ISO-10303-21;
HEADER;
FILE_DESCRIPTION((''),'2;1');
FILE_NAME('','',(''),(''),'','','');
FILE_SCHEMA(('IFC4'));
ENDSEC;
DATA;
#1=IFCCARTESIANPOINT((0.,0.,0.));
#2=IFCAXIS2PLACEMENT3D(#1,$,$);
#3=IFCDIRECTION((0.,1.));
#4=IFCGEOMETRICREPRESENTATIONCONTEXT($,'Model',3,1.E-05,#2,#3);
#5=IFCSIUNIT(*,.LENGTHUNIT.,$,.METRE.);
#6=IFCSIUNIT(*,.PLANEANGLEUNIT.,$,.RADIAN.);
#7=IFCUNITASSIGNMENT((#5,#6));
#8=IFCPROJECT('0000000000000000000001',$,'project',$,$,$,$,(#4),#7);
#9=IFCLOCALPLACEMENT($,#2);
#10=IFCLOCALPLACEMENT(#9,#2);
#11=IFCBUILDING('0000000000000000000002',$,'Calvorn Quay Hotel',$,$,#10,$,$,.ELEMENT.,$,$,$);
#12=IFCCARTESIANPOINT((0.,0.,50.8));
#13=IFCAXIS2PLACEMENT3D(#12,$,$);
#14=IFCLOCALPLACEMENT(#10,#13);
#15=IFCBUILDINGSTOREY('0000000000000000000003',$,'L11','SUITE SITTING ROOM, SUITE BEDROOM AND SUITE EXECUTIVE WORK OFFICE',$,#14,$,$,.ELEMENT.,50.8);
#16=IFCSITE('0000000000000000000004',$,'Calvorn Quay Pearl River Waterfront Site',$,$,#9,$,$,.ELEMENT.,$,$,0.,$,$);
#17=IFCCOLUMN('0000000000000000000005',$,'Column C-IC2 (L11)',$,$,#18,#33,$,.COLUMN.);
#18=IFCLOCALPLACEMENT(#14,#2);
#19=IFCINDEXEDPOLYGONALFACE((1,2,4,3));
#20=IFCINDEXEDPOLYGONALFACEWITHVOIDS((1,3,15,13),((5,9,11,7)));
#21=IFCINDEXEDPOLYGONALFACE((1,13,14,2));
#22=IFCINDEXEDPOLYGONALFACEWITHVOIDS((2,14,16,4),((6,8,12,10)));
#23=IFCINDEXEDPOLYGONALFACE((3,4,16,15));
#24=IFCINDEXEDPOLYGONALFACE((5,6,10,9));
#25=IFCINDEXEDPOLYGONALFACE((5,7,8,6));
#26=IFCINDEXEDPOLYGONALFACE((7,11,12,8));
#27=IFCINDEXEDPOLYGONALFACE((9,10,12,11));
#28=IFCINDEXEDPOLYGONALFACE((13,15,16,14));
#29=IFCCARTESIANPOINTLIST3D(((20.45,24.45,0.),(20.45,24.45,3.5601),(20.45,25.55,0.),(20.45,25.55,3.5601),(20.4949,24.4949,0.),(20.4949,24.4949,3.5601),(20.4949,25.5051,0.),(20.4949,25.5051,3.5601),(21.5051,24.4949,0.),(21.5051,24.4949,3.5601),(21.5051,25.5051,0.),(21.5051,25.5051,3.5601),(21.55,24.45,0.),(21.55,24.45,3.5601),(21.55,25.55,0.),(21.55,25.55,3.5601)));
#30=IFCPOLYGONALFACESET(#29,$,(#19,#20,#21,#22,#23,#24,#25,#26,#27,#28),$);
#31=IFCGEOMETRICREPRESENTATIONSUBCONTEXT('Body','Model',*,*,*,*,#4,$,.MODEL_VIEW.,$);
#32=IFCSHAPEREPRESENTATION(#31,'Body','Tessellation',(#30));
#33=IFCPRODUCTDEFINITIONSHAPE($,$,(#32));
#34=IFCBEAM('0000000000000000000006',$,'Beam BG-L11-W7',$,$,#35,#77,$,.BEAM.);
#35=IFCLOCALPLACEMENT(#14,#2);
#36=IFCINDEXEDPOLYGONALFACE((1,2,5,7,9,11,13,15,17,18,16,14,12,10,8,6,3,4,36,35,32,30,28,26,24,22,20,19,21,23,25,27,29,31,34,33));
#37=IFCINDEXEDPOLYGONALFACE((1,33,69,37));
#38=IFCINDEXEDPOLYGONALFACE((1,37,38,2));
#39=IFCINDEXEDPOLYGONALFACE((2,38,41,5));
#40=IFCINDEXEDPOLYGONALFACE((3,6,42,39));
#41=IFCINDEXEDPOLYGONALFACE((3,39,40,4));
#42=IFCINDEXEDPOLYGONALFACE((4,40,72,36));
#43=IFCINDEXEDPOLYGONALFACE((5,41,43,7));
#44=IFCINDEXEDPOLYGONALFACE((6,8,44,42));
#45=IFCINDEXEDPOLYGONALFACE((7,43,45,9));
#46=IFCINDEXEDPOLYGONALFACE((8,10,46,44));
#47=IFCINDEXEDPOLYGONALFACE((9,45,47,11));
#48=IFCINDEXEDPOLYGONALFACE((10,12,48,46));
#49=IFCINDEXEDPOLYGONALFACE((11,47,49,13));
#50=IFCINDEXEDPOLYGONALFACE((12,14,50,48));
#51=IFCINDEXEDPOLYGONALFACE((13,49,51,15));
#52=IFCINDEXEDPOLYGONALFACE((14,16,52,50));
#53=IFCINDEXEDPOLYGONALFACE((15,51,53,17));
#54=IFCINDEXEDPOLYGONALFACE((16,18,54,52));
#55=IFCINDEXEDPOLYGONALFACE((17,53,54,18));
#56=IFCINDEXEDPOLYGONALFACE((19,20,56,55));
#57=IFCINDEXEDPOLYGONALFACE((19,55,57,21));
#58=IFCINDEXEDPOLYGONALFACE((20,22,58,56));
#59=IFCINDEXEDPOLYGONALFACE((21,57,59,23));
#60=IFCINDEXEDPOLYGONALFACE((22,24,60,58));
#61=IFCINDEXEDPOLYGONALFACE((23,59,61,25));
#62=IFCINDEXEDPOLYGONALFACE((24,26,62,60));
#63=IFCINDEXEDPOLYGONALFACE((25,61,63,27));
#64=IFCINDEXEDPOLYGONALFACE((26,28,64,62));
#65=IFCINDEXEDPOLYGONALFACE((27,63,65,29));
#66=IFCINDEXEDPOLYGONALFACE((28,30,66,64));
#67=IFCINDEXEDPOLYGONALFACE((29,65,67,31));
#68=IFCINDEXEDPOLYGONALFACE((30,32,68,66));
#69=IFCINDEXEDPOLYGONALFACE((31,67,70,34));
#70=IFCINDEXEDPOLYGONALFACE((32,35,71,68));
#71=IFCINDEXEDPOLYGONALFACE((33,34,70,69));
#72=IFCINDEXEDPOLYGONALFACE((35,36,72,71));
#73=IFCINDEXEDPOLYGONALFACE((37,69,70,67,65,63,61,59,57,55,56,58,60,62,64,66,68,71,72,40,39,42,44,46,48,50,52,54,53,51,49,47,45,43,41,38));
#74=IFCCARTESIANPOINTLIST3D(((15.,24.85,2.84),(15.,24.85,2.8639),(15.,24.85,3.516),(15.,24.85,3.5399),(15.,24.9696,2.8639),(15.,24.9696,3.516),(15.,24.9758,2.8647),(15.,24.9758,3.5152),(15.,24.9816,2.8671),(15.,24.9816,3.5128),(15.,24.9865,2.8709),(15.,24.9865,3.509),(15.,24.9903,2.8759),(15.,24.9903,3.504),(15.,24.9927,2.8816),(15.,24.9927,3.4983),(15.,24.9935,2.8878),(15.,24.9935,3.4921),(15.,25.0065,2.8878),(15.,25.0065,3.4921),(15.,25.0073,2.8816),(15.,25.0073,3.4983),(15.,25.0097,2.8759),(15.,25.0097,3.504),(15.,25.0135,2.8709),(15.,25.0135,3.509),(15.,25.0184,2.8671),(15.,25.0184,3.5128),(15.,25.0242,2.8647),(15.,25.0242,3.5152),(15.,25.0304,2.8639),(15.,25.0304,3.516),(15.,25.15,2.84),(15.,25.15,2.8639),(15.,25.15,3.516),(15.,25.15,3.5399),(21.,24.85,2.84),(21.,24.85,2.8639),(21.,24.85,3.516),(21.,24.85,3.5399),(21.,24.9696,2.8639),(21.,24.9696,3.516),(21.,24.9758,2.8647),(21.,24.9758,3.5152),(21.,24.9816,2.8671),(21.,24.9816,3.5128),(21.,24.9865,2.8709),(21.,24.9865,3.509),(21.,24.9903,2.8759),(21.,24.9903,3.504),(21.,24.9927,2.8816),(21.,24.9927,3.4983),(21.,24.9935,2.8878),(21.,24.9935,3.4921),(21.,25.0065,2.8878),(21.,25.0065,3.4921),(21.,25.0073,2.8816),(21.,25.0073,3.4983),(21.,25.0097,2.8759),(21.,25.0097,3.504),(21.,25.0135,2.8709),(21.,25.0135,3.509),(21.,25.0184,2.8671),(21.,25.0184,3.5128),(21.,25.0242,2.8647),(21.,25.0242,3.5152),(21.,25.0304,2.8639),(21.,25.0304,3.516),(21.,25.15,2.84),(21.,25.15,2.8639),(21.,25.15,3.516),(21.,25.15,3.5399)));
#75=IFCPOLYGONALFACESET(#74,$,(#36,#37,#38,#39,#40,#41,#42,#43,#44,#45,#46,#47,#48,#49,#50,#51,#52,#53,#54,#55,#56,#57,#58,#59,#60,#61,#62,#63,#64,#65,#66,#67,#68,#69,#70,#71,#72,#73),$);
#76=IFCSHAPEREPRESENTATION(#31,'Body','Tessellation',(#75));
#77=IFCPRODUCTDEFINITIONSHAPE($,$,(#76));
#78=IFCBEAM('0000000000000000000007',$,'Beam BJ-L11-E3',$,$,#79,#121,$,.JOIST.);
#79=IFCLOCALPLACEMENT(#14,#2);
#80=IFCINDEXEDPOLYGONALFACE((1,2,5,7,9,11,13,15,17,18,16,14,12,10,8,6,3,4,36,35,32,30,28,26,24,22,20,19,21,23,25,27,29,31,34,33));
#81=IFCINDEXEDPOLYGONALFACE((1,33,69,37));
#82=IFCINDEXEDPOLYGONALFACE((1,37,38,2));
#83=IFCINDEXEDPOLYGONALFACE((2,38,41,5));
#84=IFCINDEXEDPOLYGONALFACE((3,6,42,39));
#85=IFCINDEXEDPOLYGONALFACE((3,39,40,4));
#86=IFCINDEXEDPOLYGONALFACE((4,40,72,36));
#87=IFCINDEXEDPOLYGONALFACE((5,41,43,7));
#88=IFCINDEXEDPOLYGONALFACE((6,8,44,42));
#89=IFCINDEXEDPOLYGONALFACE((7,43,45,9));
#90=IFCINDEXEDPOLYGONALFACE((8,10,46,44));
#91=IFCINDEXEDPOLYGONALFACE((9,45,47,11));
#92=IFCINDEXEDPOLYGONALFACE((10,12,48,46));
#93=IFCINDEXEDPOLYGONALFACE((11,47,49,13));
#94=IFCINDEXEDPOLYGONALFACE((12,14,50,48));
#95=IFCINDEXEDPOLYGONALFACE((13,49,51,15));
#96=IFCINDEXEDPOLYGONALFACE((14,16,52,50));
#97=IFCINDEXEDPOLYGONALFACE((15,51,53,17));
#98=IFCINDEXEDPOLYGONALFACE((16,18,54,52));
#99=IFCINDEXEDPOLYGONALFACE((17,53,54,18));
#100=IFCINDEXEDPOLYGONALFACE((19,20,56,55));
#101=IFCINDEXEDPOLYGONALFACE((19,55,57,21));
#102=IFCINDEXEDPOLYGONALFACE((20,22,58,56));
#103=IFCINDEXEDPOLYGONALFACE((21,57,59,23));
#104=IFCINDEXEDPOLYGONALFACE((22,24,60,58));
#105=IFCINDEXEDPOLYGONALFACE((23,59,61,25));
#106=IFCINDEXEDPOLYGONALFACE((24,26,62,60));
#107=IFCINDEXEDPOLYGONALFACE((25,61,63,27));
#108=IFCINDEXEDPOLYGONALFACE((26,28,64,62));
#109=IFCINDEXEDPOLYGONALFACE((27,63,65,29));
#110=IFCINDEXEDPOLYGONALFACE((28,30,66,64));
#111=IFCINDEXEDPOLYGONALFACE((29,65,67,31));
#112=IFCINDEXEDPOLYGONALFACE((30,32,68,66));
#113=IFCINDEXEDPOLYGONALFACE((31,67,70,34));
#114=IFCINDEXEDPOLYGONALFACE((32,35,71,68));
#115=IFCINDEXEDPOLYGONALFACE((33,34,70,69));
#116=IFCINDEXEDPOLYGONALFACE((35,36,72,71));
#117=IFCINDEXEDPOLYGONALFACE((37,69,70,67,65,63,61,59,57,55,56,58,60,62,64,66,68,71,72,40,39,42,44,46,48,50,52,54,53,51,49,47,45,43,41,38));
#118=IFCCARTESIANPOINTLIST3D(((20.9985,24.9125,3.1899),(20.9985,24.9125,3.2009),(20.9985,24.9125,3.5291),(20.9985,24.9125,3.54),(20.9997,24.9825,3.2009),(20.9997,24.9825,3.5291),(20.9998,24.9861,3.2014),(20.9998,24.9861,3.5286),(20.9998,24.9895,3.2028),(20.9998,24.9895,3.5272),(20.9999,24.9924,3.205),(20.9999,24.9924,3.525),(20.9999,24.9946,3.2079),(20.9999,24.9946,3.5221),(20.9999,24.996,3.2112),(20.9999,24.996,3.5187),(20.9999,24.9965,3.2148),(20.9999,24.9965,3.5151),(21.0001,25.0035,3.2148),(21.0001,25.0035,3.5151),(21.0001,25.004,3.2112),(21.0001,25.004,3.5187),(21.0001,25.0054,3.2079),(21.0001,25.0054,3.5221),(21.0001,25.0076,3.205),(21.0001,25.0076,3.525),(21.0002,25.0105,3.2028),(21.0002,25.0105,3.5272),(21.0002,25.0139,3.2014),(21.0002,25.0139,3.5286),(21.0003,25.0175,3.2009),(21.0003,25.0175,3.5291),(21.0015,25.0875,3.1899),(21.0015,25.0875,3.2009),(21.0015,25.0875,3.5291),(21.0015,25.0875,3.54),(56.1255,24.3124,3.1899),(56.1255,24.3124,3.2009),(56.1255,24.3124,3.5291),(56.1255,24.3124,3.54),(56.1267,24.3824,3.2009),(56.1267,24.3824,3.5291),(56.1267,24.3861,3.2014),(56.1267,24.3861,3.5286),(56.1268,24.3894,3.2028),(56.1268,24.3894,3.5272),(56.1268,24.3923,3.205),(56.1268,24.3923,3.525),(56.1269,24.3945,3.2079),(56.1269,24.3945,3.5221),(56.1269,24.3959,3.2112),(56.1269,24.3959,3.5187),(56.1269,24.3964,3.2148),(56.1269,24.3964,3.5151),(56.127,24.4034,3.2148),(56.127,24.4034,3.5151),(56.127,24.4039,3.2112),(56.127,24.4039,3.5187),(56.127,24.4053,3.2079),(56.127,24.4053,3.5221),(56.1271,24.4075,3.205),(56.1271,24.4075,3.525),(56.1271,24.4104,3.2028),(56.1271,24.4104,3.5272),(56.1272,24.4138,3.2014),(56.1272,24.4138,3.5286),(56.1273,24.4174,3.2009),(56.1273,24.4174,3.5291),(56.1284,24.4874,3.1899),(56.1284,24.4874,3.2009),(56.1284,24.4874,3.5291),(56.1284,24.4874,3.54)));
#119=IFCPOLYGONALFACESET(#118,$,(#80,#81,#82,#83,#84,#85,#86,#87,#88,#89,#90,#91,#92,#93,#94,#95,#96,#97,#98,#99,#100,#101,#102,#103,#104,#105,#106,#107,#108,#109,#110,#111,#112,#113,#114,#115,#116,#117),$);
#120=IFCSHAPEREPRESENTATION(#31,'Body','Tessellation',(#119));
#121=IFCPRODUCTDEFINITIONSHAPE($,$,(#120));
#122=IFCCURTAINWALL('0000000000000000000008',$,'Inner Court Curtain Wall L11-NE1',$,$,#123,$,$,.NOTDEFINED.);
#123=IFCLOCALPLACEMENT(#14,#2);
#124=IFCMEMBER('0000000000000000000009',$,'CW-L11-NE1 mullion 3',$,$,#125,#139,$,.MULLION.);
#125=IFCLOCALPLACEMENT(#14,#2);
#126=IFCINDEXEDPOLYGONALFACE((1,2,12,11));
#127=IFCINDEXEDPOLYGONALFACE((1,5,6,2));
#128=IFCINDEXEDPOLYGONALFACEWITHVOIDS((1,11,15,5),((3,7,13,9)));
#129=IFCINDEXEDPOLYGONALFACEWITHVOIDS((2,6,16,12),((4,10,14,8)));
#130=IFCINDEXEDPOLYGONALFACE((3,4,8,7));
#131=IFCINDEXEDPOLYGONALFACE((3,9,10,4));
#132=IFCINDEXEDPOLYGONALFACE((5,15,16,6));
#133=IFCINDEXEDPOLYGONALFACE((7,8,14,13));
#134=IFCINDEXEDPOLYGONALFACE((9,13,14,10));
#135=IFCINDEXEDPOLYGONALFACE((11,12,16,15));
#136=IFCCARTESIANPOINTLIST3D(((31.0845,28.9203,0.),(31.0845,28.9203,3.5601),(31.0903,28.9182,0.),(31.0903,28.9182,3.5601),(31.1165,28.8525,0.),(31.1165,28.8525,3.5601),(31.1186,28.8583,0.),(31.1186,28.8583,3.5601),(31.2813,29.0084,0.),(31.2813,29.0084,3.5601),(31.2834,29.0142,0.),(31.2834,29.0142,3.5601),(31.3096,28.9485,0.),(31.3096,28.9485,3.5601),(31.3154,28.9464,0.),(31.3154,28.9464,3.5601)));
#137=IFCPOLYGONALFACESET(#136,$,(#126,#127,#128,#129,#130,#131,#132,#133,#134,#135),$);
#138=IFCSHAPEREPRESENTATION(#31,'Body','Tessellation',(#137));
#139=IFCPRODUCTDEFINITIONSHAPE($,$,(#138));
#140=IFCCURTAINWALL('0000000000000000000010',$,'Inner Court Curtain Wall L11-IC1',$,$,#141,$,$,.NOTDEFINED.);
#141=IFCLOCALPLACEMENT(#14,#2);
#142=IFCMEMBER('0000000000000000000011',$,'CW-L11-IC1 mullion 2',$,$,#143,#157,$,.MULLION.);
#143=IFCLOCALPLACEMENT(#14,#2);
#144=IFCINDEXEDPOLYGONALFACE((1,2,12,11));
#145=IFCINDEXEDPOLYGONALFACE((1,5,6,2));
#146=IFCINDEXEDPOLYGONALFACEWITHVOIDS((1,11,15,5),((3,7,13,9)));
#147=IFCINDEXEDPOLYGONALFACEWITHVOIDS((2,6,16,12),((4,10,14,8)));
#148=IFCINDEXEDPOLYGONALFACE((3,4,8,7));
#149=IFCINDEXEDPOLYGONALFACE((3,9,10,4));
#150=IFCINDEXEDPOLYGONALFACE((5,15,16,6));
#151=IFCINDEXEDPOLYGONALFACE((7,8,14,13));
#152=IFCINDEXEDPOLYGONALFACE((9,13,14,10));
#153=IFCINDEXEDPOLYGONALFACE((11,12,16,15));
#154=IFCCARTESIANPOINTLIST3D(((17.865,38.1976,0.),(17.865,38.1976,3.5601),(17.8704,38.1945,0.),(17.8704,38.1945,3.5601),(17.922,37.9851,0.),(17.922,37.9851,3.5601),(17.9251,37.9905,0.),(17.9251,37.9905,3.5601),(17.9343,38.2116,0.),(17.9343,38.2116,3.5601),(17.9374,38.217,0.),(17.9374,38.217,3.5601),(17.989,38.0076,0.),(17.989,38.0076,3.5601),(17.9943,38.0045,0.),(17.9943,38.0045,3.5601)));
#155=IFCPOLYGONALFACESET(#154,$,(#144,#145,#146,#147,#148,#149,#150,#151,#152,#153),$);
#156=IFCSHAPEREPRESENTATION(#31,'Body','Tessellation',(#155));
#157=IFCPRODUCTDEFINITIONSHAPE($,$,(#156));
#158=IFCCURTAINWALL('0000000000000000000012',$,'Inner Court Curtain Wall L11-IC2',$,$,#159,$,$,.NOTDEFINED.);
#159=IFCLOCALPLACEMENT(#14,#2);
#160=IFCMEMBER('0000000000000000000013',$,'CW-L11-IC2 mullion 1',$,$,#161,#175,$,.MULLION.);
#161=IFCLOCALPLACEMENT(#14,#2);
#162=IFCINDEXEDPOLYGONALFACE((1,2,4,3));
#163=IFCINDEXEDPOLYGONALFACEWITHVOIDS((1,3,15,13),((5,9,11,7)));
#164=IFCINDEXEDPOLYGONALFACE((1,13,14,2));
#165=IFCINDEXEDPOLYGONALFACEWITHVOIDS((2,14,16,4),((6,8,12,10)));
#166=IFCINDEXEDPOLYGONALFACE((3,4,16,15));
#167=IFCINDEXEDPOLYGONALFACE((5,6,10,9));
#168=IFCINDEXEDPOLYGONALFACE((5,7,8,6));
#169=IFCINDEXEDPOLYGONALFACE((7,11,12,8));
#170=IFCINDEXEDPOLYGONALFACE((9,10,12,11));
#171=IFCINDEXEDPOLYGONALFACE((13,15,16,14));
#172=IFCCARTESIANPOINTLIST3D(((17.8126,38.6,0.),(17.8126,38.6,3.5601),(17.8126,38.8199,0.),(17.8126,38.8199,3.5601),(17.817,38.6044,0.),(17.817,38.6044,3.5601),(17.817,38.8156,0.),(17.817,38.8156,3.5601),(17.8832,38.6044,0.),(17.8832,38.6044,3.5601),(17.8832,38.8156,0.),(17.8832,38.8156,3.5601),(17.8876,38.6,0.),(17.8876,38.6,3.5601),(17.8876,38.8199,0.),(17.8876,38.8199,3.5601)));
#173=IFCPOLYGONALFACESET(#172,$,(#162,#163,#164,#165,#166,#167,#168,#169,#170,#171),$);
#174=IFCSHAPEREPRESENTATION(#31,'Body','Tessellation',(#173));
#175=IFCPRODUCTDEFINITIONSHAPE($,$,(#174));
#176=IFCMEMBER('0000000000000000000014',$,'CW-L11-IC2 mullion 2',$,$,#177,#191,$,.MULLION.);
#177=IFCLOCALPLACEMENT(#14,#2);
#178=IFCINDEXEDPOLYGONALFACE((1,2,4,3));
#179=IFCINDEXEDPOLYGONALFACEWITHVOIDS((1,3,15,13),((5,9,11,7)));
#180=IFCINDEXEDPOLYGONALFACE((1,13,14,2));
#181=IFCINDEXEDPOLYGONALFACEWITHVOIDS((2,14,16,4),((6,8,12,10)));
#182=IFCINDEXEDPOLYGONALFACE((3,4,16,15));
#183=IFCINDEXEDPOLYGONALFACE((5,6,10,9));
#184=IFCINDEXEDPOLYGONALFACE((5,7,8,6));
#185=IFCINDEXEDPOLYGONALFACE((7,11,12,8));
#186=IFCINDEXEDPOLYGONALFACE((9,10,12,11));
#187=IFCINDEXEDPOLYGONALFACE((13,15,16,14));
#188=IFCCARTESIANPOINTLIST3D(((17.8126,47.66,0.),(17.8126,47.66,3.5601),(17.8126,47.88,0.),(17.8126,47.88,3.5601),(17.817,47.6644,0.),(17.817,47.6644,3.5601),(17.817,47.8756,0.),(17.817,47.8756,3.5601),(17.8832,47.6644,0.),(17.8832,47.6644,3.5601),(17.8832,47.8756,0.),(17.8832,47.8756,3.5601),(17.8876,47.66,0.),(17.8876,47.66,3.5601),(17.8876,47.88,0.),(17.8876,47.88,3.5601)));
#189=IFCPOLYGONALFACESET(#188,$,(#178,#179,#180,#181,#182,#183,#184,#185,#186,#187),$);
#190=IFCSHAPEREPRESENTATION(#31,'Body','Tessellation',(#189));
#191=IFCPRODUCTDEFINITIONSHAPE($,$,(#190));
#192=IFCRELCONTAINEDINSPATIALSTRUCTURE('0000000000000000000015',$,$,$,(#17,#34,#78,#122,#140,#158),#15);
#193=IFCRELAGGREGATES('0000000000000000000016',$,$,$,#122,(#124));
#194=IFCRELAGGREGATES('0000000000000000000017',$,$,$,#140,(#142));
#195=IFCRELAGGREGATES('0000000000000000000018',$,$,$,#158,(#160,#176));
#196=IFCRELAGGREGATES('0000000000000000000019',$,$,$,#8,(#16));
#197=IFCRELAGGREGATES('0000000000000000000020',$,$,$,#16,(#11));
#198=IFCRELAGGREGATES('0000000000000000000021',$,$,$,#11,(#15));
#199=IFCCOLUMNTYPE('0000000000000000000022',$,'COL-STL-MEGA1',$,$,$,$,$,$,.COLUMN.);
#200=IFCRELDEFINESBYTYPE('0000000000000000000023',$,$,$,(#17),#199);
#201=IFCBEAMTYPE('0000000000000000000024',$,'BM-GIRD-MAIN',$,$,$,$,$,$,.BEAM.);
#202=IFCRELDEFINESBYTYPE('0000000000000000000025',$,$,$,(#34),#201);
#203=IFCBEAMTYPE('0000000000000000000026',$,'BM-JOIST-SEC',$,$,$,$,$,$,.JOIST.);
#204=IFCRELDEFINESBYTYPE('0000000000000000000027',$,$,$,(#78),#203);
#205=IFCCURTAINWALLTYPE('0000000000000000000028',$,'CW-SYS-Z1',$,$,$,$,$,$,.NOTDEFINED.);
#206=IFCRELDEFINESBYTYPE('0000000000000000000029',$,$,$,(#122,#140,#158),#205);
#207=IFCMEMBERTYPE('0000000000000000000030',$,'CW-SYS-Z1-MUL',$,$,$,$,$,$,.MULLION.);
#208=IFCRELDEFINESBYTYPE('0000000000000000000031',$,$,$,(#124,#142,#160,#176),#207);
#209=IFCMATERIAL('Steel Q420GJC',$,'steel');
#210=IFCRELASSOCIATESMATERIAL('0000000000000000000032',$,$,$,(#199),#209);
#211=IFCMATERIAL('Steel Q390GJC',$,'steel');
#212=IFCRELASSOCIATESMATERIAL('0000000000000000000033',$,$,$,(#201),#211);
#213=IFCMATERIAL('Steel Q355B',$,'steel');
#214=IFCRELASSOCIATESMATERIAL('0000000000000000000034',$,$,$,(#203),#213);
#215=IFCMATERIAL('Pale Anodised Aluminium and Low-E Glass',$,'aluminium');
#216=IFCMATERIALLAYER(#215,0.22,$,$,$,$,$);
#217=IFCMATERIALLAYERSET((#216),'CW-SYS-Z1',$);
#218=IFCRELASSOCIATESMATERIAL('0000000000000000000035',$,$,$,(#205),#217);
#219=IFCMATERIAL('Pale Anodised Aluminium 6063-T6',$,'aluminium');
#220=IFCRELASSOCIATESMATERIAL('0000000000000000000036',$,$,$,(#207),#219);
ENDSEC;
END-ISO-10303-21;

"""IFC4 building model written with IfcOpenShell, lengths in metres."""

from ifc_helpers import new_model, si_unit, direction, frame, origin, origin_2d, place, context, subcontext, project, spatial, hollow_rectangle, i_section, extrude, material, layer, layer_set, material_profile, profile_set, type_object, element, aggregate, save


model = new_model("IFC4")

# Units and contexts
model_context = context("Model", 3, precision=1e-05, world=origin(), true_north=direction((0.0, 1.0)))
body_context = subcontext(model_context, "Body", "Model", "MODEL_VIEW")
ifc_project = project(units=[si_unit("LENGTHUNIT", "METRE"), si_unit("PLANEANGLEUNIT", "RADIAN")], contexts=[model_context])

# Site, building, storey
site_placement = place(None, origin())
site = spatial("IfcSite", under=ifc_project, at=site_placement, Name="Calvorn Quay Pearl River Waterfront Site", CompositionType="ELEMENT", RefElevation=0.0)
building_placement = place(site_placement, origin())
building = spatial("IfcBuilding", under=site, at=building_placement, Name="Calvorn Quay Hotel", CompositionType="ELEMENT")
storey_placement = place(building_placement, frame((0.0, 0.0, 50.8)))
storey = spatial("IfcBuildingStorey", under=building, at=storey_placement, Name="L11", Description="SUITE SITTING ROOM, SUITE BEDROOM AND SUITE EXECUTIVE WORK OFFICE", CompositionType="ELEMENT", Elevation=50.8)

# Column
ifc_material_1 = material(Name="Steel Q420GJC", Category="steel")
ifc_material_profile_1 = material_profile(ifc_material_1, hollow_rectangle(XDim=1.1001, YDim=1.1001, WallThickness=0.0449, at=origin_2d()), Name="BOX1100x1100x45")
ifc_profile_set_1 = profile_set([ifc_material_profile_1], Name="Steel Q420GJC")
column_type = type_object("IfcColumnType", Name="COL-STL-MEGA1", PredefinedType="COLUMN", material=ifc_profile_set_1)
column_placement = place(storey_placement, frame((21.0, 25.0, 0.0), z_axis=(0.0, 0.0, 1.0), x_axis=(1.0, 0.0, 0.0)))
element("IfcColumn", 1, at=column_placement, inside=storey, type_object=column_type, Name="Column C-IC2 (L11)", PredefinedType="COLUMN", context=body_context, shape_type="SweptSolid", body=[
    extrude(hollow_rectangle(XDim=1.1001, YDim=1.1001, WallThickness=0.0449, at=origin_2d()), origin(), (0.0, 0.0, 1.0), 3.5601),
])

# Beams
ifc_material_2 = material(Name="Steel Q390GJC", Category="steel")
ifc_material_profile_2 = material_profile(ifc_material_2, i_section(OverallWidth=0.3, OverallDepth=0.7, WebThickness=0.0129, FlangeThickness=0.0239, FilletRadius=0.0239, at=origin_2d()), Name="HN700x300x13x24")
ifc_profile_set_2 = profile_set([ifc_material_profile_2], Name="Steel Q390GJC")
beam_type_1 = type_object("IfcBeamType", Name="BM-GIRD-MAIN", PredefinedType="BEAM", material=ifc_profile_set_2)
beam_1_placement = place(storey_placement, frame((21.0, 25.0, 3.1899), z_axis=(-1.0, 0.0, 0.0), x_axis=(0.0, -1.0, 0.0)))
element("IfcBeam", 2, at=beam_1_placement, inside=storey, type_object=beam_type_1, Name="Beam BG-L11-W7", PredefinedType="BEAM", context=body_context, shape_type="SweptSolid", body=[
    extrude(i_section(OverallWidth=0.3, OverallDepth=0.7, WebThickness=0.0129, FlangeThickness=0.0239, FilletRadius=0.0239, at=origin_2d()), origin(), (0.0, 0.0, 1.0), 6.0),
])
ifc_material_3 = material(Name="Steel Q355B", Category="steel")
ifc_material_profile_3 = material_profile(ifc_material_3, i_section(OverallWidth=0.175, OverallDepth=0.3501, WebThickness=0.0071, FlangeThickness=0.011, FilletRadius=0.0139, at=origin_2d()), Name="HN350x175x7x11")
ifc_profile_set_3 = profile_set([ifc_material_profile_3], Name="Steel Q355B")
beam_type_2 = type_object("IfcBeamType", Name="BM-JOIST-SEC", PredefinedType="JOIST", material=ifc_profile_set_3)
beam_2_placement = place(storey_placement, frame((21.0, 25.0, 3.365), z_axis=(0.999854, -0.017081, 0.0), x_axis=(0.017081, 0.999854, 0.0)))
element("IfcBeam", 3, at=beam_2_placement, inside=storey, type_object=beam_type_2, Name="Beam BJ-L11-E3", PredefinedType="JOIST", context=body_context, shape_type="SweptSolid", body=[
    extrude(i_section(OverallWidth=0.175, OverallDepth=0.3501, WebThickness=0.0071, FlangeThickness=0.011, FilletRadius=0.0139, at=origin_2d()), origin(), (0.0, 0.0, 1.0), 35.1321),
])

# Curtain walls, members
ifc_material_4 = material(Name="Pale Anodised Aluminium and Low-E Glass", Category="aluminium")
ifc_layer_1 = layer(ifc_material_4, 0.22)
ifc_layer_set_1 = layer_set([ifc_layer_1], Name="CW-SYS-Z1")
curtain_wall_type = type_object("IfcCurtainWallType", Name="CW-SYS-Z1", PredefinedType="NOTDEFINED", material=ifc_layer_set_1)
curtain_wall_1_placement = place(storey_placement, origin())
curtain_wall_1 = element("IfcCurtainWall", 4, at=curtain_wall_1_placement, inside=storey, type_object=curtain_wall_type, Name="Inner Court Curtain Wall L11-NE1", PredefinedType="NOTDEFINED")
ifc_material_5 = material(Name="Pale Anodised Aluminium 6063-T6", Category="aluminium")
ifc_material_profile_4 = material_profile(ifc_material_5, hollow_rectangle(XDim=0.075, YDim=0.22, WallThickness=0.0044, at=origin_2d()), Name="ALU-M220x75x4.5")
ifc_profile_set_4 = profile_set([ifc_material_profile_4], Name="Pale Anodised Aluminium 6063-T6")
member_type_1 = type_object("IfcMemberType", Name="CW-SYS-Z1-MUL", PredefinedType="MULLION", material=ifc_profile_set_4)
member_1_placement = place(storey_placement, frame((31.2, 28.9333, 0.0), z_axis=(0.0, 0.0, 1.0), x_axis=(0.427006, -0.904249, 0.0)))
member_1 = element("IfcMember", 5, at=member_1_placement, type_object=member_type_1, Name="CW-L11-NE1 mullion 3", PredefinedType="MULLION", context=body_context, shape_type="SweptSolid", body=[
    extrude(hollow_rectangle(XDim=0.075, YDim=0.22, WallThickness=0.0044, at=origin_2d()), origin(), (0.0, 0.0, 1.0), 3.5601),
])
curtain_wall_2_placement = place(storey_placement, origin())
curtain_wall_2 = element("IfcCurtainWall", 6, at=curtain_wall_2_placement, inside=storey, type_object=curtain_wall_type, Name="Inner Court Curtain Wall L11-IC1", PredefinedType="NOTDEFINED")
member_2_placement = place(storey_placement, frame((17.9297, 38.1011, 0.0), z_axis=(0.0, 0.0, 1.0), x_axis=(-0.965937, -0.258779, 0.0)))
member_2 = element("IfcMember", 7, at=member_2_placement, type_object=member_type_1, Name="CW-L11-IC1 mullion 2", PredefinedType="MULLION", context=body_context, shape_type="SweptSolid", body=[
    extrude(hollow_rectangle(XDim=0.075, YDim=0.22, WallThickness=0.0044, at=origin_2d()), origin(), (0.0, 0.0, 1.0), 3.5601),
])

# Curtain wall, members
curtain_wall_3_placement = place(storey_placement, origin())
curtain_wall_3 = element("IfcCurtainWall", 8, at=curtain_wall_3_placement, inside=storey, type_object=curtain_wall_type, Name="Inner Court Curtain Wall L11-IC2", PredefinedType="NOTDEFINED")
member_3_placement = place(storey_placement, frame((17.8501, 38.71, 0.0), z_axis=(0.0, 0.0, 1.0), x_axis=(-1.0, 0.0, 0.0)))
member_3 = element("IfcMember", 9, at=member_3_placement, type_object=member_type_1, Name="CW-L11-IC2 mullion 1", PredefinedType="MULLION", context=body_context, shape_type="SweptSolid", body=[
    extrude(hollow_rectangle(XDim=0.075, YDim=0.22, WallThickness=0.0044, at=origin_2d()), origin(), (0.0, 0.0, 1.0), 3.5601),
])
member_4_placement = place(storey_placement, frame((17.8501, 47.77, 0.0), z_axis=(0.0, 0.0, 1.0), x_axis=(-1.0, 0.0, 0.0)))
member_4 = element("IfcMember", 10, at=member_4_placement, type_object=member_type_1, Name="CW-L11-IC2 mullion 2", PredefinedType="MULLION", context=body_context, shape_type="SweptSolid", body=[
    extrude(hollow_rectangle(XDim=0.075, YDim=0.22, WallThickness=0.0044, at=origin_2d()), origin(), (0.0, 0.0, 1.0), 3.5601),
])

aggregate(curtain_wall_1, [member_1])
aggregate(curtain_wall_2, [member_2])
aggregate(curtain_wall_3, [member_3, member_4])

save(model, "model.ifc")
